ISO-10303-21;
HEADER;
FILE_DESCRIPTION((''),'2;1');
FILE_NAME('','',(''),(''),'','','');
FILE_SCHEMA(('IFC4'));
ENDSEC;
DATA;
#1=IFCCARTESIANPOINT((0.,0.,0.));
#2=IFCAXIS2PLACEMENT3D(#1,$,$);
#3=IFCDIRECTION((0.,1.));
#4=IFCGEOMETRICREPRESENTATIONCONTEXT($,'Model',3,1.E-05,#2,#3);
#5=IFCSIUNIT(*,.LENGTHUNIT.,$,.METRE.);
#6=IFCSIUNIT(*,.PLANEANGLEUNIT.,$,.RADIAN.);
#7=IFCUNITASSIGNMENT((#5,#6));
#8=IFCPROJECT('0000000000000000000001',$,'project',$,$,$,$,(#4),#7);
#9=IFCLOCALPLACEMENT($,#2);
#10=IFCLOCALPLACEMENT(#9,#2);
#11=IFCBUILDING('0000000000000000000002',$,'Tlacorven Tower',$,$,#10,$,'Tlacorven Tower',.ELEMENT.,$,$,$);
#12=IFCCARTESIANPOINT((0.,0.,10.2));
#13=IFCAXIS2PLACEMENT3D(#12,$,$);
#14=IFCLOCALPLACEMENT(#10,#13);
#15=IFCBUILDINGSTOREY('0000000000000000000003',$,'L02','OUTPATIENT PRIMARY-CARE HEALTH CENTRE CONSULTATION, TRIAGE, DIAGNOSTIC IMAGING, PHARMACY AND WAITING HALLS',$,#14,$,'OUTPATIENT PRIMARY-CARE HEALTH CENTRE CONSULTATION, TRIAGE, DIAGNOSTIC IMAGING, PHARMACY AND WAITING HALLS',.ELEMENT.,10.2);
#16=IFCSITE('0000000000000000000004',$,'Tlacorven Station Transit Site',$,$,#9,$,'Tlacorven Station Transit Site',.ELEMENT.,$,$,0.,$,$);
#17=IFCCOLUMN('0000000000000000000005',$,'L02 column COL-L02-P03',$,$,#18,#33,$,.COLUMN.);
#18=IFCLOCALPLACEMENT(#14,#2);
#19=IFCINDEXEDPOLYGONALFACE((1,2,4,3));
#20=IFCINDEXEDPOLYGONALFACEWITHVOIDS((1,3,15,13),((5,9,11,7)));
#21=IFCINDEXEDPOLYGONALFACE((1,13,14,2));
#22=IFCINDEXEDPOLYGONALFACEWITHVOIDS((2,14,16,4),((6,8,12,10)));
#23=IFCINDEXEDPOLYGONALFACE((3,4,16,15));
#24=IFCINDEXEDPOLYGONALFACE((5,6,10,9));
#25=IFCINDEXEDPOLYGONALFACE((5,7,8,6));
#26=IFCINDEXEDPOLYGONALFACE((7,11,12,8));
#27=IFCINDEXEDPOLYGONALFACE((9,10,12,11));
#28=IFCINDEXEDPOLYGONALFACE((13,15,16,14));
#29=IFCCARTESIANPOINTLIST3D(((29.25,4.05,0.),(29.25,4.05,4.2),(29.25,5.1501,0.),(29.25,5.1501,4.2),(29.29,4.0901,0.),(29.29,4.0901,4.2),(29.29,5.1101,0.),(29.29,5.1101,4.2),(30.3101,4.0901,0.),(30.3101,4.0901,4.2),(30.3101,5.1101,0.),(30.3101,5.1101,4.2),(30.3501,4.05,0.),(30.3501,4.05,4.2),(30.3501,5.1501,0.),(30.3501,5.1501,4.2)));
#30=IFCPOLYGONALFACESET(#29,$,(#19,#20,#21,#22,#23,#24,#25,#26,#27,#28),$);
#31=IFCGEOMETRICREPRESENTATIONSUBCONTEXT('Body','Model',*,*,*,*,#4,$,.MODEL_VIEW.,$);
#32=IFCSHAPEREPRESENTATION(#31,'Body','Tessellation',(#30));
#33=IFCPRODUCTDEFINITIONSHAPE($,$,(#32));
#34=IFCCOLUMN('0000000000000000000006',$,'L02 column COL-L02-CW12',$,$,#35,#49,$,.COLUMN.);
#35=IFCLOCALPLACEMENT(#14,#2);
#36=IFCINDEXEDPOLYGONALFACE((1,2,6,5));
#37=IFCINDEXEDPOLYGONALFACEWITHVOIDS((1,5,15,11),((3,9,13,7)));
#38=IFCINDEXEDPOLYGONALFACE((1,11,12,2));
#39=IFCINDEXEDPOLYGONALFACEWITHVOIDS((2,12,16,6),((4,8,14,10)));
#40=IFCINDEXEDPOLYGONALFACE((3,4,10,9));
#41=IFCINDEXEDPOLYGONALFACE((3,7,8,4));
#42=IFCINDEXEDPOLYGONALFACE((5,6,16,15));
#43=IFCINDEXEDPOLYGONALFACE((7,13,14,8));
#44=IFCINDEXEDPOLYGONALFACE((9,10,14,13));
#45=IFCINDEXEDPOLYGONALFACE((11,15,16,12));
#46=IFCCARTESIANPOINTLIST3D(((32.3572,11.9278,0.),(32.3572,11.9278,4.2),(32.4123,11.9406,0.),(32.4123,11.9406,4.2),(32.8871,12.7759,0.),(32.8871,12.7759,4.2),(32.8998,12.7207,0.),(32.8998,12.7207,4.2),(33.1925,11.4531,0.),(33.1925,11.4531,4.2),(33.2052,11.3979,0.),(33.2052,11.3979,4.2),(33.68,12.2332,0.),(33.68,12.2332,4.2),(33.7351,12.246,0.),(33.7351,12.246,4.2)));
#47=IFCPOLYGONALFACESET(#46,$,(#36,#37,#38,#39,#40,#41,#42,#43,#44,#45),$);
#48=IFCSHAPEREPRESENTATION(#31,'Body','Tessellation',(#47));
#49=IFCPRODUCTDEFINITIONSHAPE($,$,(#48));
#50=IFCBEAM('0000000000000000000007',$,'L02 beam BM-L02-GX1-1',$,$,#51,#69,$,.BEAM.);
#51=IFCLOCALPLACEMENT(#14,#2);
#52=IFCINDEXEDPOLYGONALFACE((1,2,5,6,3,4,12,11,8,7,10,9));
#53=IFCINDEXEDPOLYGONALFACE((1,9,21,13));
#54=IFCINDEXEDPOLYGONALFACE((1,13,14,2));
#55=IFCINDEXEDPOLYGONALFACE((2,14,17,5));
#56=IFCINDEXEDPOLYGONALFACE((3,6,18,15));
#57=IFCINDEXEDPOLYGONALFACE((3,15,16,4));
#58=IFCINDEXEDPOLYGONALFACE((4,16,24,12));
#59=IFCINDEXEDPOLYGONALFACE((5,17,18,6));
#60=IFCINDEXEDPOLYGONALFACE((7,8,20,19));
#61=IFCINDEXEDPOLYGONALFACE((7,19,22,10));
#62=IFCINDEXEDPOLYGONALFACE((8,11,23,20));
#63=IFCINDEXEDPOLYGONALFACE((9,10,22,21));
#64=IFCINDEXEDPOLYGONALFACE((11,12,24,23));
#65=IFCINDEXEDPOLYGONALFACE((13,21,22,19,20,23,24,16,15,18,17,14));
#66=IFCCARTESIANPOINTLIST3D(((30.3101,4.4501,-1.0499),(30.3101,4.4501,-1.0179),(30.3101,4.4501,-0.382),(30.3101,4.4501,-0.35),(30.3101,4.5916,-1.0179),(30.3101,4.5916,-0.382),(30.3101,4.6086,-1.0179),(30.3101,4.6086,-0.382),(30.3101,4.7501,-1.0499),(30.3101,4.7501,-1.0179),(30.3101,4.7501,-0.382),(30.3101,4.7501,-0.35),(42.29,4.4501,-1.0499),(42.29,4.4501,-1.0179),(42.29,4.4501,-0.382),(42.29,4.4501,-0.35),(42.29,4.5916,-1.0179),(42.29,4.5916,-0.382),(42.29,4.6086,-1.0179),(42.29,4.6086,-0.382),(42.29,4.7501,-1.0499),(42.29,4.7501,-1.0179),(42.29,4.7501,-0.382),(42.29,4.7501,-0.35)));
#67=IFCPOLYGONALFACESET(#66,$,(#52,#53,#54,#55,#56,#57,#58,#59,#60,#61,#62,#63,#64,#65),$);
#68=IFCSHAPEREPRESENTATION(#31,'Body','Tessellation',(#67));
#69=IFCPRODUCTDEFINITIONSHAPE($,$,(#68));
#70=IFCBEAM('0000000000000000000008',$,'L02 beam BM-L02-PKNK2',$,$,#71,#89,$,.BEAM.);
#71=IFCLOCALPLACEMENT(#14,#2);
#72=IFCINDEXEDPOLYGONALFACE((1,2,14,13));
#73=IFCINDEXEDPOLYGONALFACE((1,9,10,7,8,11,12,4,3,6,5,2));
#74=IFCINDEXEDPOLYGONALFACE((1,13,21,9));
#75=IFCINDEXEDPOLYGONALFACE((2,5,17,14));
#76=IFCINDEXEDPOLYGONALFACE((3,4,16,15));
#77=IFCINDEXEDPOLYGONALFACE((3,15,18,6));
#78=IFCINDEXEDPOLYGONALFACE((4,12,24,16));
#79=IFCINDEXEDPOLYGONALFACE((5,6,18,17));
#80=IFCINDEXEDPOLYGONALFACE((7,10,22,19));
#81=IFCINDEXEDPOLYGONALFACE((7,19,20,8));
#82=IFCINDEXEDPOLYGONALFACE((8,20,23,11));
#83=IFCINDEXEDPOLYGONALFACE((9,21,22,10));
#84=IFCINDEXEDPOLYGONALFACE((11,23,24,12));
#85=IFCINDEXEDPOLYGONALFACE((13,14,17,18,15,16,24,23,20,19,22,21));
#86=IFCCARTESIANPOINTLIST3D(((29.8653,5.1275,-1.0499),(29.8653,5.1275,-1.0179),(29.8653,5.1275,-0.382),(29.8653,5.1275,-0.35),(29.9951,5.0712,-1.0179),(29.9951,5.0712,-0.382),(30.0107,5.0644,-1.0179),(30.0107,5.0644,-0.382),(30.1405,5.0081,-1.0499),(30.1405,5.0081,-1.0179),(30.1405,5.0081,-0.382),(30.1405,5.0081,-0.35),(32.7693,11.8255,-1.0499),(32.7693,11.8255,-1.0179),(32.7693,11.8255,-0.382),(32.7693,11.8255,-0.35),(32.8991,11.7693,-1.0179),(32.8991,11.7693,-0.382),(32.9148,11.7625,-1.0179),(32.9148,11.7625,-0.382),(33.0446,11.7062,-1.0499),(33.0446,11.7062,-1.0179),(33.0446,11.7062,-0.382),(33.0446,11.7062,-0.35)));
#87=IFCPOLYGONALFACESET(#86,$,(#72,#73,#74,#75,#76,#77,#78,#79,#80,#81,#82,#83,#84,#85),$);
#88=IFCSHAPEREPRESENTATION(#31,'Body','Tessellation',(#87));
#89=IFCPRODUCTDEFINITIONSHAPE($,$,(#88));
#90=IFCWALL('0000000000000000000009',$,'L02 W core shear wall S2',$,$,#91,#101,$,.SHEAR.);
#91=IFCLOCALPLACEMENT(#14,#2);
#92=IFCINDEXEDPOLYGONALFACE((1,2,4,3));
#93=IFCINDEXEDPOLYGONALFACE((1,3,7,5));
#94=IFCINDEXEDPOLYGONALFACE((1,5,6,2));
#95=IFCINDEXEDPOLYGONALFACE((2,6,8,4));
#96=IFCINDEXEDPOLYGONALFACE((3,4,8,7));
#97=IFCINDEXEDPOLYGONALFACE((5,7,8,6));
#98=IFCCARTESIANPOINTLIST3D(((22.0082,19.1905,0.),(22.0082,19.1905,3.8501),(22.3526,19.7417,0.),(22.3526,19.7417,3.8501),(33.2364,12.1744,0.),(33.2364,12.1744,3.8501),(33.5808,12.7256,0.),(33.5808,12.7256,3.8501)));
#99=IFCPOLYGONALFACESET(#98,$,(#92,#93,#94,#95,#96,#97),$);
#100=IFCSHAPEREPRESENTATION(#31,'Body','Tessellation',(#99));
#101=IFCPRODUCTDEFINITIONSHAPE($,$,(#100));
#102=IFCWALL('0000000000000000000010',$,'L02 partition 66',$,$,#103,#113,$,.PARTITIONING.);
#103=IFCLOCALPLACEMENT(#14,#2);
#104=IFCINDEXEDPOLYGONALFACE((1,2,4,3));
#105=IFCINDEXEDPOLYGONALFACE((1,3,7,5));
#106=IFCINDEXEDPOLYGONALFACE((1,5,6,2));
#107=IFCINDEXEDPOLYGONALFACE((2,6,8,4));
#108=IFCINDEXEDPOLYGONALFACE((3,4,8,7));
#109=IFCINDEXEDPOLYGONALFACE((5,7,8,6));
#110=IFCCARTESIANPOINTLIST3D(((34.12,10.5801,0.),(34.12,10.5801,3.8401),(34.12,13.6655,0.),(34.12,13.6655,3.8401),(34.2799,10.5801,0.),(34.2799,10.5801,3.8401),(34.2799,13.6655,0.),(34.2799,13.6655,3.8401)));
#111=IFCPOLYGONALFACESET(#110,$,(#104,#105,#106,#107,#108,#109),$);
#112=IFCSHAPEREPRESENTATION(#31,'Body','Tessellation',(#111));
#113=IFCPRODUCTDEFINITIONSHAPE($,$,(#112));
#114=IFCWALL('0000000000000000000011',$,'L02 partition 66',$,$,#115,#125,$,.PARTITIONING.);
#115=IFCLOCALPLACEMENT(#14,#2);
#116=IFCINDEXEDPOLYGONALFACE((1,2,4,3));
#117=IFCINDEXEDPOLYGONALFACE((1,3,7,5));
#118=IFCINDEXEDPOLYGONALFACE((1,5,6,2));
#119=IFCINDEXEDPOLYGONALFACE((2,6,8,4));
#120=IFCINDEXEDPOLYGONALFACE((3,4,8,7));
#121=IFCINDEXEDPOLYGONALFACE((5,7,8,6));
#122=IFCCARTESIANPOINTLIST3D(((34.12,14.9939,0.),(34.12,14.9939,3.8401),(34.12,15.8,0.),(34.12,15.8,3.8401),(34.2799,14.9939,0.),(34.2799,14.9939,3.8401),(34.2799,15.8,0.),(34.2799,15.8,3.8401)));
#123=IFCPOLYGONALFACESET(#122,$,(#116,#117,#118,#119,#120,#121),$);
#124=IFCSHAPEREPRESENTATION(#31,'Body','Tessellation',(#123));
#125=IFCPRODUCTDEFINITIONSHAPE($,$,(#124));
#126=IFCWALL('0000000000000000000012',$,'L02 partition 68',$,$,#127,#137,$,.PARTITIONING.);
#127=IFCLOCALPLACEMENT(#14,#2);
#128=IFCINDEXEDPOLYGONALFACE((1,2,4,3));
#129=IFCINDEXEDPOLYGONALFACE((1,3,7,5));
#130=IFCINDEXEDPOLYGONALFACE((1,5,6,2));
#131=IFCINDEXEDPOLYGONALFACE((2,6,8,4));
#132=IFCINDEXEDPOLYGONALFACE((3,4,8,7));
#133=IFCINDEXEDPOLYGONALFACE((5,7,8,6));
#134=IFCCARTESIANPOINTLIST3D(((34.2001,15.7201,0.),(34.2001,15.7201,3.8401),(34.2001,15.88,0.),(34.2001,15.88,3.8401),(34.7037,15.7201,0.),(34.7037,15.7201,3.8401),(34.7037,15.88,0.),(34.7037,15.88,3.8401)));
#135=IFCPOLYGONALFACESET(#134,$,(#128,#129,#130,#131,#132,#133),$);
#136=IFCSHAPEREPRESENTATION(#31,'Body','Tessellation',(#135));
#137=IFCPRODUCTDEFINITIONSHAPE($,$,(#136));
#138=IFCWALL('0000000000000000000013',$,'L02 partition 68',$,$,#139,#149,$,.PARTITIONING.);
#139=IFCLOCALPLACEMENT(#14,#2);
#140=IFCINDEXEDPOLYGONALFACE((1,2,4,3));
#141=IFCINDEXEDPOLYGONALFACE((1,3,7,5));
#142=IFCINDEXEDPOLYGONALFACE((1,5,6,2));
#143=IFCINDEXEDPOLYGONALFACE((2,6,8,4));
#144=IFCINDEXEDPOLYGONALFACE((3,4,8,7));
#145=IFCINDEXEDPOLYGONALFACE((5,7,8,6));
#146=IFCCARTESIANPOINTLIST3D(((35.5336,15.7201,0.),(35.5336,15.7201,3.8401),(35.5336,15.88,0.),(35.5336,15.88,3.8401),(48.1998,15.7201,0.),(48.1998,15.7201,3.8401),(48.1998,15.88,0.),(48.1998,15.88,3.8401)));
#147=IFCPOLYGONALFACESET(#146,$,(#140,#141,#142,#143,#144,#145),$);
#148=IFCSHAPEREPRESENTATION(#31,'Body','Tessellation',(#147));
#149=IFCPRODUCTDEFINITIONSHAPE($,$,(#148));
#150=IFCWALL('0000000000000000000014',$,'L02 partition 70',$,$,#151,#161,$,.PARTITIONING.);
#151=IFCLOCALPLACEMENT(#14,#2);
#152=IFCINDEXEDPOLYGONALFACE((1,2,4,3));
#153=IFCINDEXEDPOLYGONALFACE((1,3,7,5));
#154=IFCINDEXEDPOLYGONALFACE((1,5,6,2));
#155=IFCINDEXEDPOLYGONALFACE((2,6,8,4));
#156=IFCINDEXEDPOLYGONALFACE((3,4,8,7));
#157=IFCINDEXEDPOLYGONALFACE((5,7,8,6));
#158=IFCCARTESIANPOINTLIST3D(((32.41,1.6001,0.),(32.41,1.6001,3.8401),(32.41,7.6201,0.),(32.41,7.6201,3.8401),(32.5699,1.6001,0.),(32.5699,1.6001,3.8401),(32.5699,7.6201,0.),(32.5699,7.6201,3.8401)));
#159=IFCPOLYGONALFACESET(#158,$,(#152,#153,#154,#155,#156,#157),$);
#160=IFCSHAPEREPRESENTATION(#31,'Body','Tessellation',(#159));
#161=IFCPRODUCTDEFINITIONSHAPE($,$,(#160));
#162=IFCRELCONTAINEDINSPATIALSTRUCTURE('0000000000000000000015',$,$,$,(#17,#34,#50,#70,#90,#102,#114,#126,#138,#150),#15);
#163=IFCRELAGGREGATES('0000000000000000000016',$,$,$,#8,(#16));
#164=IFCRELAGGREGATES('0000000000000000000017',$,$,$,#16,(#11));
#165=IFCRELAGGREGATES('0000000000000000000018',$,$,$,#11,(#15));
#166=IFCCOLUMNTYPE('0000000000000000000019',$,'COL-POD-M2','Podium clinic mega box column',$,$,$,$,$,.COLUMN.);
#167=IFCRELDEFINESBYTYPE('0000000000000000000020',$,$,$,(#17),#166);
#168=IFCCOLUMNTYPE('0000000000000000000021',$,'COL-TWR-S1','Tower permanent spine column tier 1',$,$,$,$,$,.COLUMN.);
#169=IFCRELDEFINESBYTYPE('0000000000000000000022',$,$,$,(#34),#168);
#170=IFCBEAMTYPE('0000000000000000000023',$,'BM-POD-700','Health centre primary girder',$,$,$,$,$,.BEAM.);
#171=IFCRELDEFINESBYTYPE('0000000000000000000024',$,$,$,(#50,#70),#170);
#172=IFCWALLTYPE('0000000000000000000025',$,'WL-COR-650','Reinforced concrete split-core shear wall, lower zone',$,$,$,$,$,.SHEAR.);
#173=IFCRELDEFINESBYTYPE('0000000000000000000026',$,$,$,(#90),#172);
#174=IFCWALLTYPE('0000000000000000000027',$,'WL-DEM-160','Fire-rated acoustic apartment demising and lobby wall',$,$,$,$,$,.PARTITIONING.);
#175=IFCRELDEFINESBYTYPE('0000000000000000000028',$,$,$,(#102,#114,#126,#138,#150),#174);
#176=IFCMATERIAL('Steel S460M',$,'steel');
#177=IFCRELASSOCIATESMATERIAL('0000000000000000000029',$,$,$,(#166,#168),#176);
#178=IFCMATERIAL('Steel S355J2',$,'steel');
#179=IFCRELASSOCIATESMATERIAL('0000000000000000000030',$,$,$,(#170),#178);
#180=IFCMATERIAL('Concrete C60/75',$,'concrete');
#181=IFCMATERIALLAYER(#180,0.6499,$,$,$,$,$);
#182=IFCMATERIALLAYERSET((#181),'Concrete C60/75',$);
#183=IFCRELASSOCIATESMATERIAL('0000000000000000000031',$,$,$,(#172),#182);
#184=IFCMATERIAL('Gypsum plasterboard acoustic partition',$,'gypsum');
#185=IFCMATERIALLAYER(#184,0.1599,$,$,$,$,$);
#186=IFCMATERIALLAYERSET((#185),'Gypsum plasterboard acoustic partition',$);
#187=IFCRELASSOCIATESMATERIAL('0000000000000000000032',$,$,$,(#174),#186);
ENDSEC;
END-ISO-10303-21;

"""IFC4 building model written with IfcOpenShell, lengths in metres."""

from ifc_helpers import new_model, si_unit, direction, frame, frame_2d, origin, origin_2d, place, context, subcontext, project, spatial, rectangle, hollow_rectangle, i_section, extrude, source, transform, mapped, material, layer, layer_set, material_profile, profile_set, type_object, element, save


model = new_model("IFC4")

# Units and contexts
model_context = context("Model", 3, precision=1e-05, world=origin(), true_north=direction((0.0, 1.0)))
body_context = subcontext(model_context, "Body", "Model", "MODEL_VIEW")
ifc_project = project(units=[si_unit("LENGTHUNIT", "METRE"), si_unit("PLANEANGLEUNIT", "RADIAN")], contexts=[model_context])

# Site, building, storey
site_placement = place(None, origin())
site = spatial("IfcSite", under=ifc_project, at=site_placement, Name="Tlacorven Station Transit Site", LongName="Tlacorven Station Transit Site", CompositionType="ELEMENT", RefElevation=0.0)
building_placement = place(site_placement, origin())
building = spatial("IfcBuilding", under=site, at=building_placement, Name="Tlacorven Tower", LongName="Tlacorven Tower", CompositionType="ELEMENT")
storey_placement = place(building_placement, frame((0.0, 0.0, 10.2)))
storey = spatial("IfcBuildingStorey", under=building, at=storey_placement, Name="L02", Description="OUTPATIENT PRIMARY-CARE HEALTH CENTRE CONSULTATION, TRIAGE, DIAGNOSTIC IMAGING, PHARMACY AND WAITING HALLS", LongName="OUTPATIENT PRIMARY-CARE HEALTH CENTRE CONSULTATION, TRIAGE, DIAGNOSTIC IMAGING, PHARMACY AND WAITING HALLS", CompositionType="ELEMENT", Elevation=10.2)

# Columns
ifc_material_1 = material(Name="Steel S460M", Category="steel")
ifc_material_profile_1 = material_profile(ifc_material_1, hollow_rectangle(XDim=1.1001, YDim=1.1001, WallThickness=0.04, at=origin_2d()), Name="BOX 1100X1100X40")
ifc_profile_set_1 = profile_set([ifc_material_profile_1], Name="Steel S460M")
column_type_1 = type_object("IfcColumnType", Name="COL-POD-M2", Description="Podium clinic mega box column", PredefinedType="COLUMN", material=ifc_profile_set_1)
shared_shape_1 = source(origin(), body_context, "Body", "SweptSolid", [
    extrude(hollow_rectangle(XDim=1.1001, YDim=1.1001, WallThickness=0.04, at=origin_2d()), origin(), (0.0, 0.0, 1.0), 4.2),
])
column_1_placement = place(storey_placement, frame((29.8, 4.6001, 0.0), z_axis=(0.0, 0.0, 1.0), x_axis=(1.0, 0.0, 0.0)))
element("IfcColumn", 1, at=column_1_placement, inside=storey, type_object=column_type_1, Name="L02 column COL-L02-P03", PredefinedType="COLUMN", context=body_context, shape_type="MappedRepresentation", body=[
    mapped(shared_shape_1, transform((0.0, 0.0, 0.0), scale=1.0)),
])
ifc_material_profile_2 = material_profile(ifc_material_1, hollow_rectangle(XDim=1.0, YDim=1.0, WallThickness=0.04, at=origin_2d()), Name="BOX 1000X1000X40")
ifc_profile_set_2 = profile_set([ifc_material_profile_2], Name="Steel S460M")
column_type_2 = type_object("IfcColumnType", Name="COL-TWR-S1", Description="Tower permanent spine column tier 1", PredefinedType="COLUMN", material=ifc_profile_set_2)
shared_shape_2 = source(origin(), body_context, "Body", "SweptSolid", [
    extrude(hollow_rectangle(XDim=1.0, YDim=1.0, WallThickness=0.04, at=origin_2d()), origin(), (0.0, 0.0, 1.0), 4.2),
])
column_2_placement = place(storey_placement, frame((33.0461, 12.0869, 0.0), z_axis=(0.0, 0.0, 1.0), x_axis=(-0.848048, 0.529919, 0.0)))
element("IfcColumn", 2, at=column_2_placement, inside=storey, type_object=column_type_2, Name="L02 column COL-L02-CW12", PredefinedType="COLUMN", context=body_context, shape_type="MappedRepresentation", body=[
    mapped(shared_shape_2, transform((0.0, 0.0, 0.0), scale=1.0)),
])

# Beams
ifc_material_2 = material(Name="Steel S355J2", Category="steel")
ifc_material_profile_3 = material_profile(ifc_material_2, i_section(OverallWidth=0.3, OverallDepth=0.7, WebThickness=0.0171, FlangeThickness=0.032, at=origin_2d()), Name="HEB 700")
ifc_profile_set_3 = profile_set([ifc_material_profile_3], Name="Steel S355J2")
beam_type = type_object("IfcBeamType", Name="BM-POD-700", Description="Health centre primary girder", PredefinedType="BEAM", material=ifc_profile_set_3)
shared_shape_3 = source(origin(), body_context, "Body", "SweptSolid", [
    extrude(i_section(OverallWidth=0.3, OverallDepth=0.7, WebThickness=0.0171, FlangeThickness=0.032, at=origin_2d()), origin(), (0.0, 0.0, 1.0), 11.98),
])
beam_1_placement = place(storey_placement, frame((30.3101, 4.6001, -0.7), z_axis=(1.0, 0.0, 0.0), x_axis=(0.0, 1.0, 0.0)))
element("IfcBeam", 3, at=beam_1_placement, inside=storey, type_object=beam_type, Name="L02 beam BM-L02-GX1-1", PredefinedType="BEAM", context=body_context, shape_type="MappedRepresentation", body=[
    mapped(shared_shape_3, transform((0.0, 0.0, 0.0), scale=1.0)),
])
shared_shape_4 = source(origin(), body_context, "Body", "SweptSolid", [
    extrude(i_section(OverallWidth=0.3, OverallDepth=0.7, WebThickness=0.0171, FlangeThickness=0.032, at=origin_2d()), origin(), (0.0, 0.0, 1.0), 7.3005),
])
beam_2_placement = place(storey_placement, frame((32.907, 11.7659, -0.7), z_axis=(-0.39779, -0.917476, 0.0), x_axis=(0.917476, -0.39779, 0.0)))
element("IfcBeam", 4, at=beam_2_placement, inside=storey, type_object=beam_type, Name="L02 beam BM-L02-PKNK2", PredefinedType="BEAM", context=body_context, shape_type="MappedRepresentation", body=[
    mapped(shared_shape_4, transform((0.0, 0.0, 0.0), scale=1.0)),
])

# Walls
ifc_material_3 = material(Name="Concrete C60/75", Category="concrete")
ifc_layer_1 = layer(ifc_material_3, 0.6499)
ifc_layer_set_1 = layer_set([ifc_layer_1], Name="Concrete C60/75")
wall_type_1 = type_object("IfcWallType", Name="WL-COR-650", Description="Reinforced concrete split-core shear wall, lower zone", PredefinedType="SHEAR", material=ifc_layer_set_1)
wall_1_placement = place(storey_placement, frame((33.4087, 12.45, 0.0), z_axis=(0.0, 0.0, 1.0), x_axis=(-0.848051, 0.529914, 0.0)))
element("IfcWall", 5, at=wall_1_placement, inside=storey, type_object=wall_type_1, Name="L02 W core shear wall S2", PredefinedType="SHEAR", context=body_context, shape_type="SweptSolid", body=[
    extrude(rectangle(XDim=13.24, YDim=0.6499, at=frame_2d((6.6201, 0.0))), origin(), (0.0, 0.0, 1.0), 3.8501),
])
ifc_material_4 = material(Name="Gypsum plasterboard acoustic partition", Category="gypsum")
ifc_layer_2 = layer(ifc_material_4, 0.1599)
ifc_layer_set_2 = layer_set([ifc_layer_2], Name="Gypsum plasterboard acoustic partition")
wall_type_2 = type_object("IfcWallType", Name="WL-DEM-160", Description="Fire-rated acoustic apartment demising and lobby wall", PredefinedType="PARTITIONING", material=ifc_layer_set_2)
wall_2_placement = place(storey_placement, frame((34.2, 10.5801, 0.0), z_axis=(0.0, 0.0, 1.0), x_axis=(0.0, 1.0, 0.0)))
element("IfcWall", 6, at=wall_2_placement, inside=storey, type_object=wall_type_2, Name="L02 partition 66", PredefinedType="PARTITIONING", context=body_context, shape_type="SweptSolid", body=[
    extrude(rectangle(XDim=3.0854, YDim=0.1599, at=frame_2d((1.5427, 0.0))), origin(), (0.0, 0.0, 1.0), 3.8401),
])
wall_3_placement = place(storey_placement, frame((34.2, 14.9939, 0.0), z_axis=(0.0, 0.0, 1.0), x_axis=(0.0, 1.0, 0.0)))
element("IfcWall", 7, at=wall_3_placement, inside=storey, type_object=wall_type_2, Name="L02 partition 66", PredefinedType="PARTITIONING", context=body_context, shape_type="SweptSolid", body=[
    extrude(rectangle(XDim=0.8062, YDim=0.1599, at=frame_2d((0.4031, 0.0))), origin(), (0.0, 0.0, 1.0), 3.8401),
])
wall_4_placement = place(storey_placement, frame((34.2, 15.8, 0.0), z_axis=(0.0, 0.0, 1.0), x_axis=(1.0, 0.0, 0.0)))
element("IfcWall", 8, at=wall_4_placement, inside=storey, type_object=wall_type_2, Name="L02 partition 68", PredefinedType="PARTITIONING", context=body_context, shape_type="SweptSolid", body=[
    extrude(rectangle(XDim=0.5037, YDim=0.1599, at=frame_2d((0.252, 0.0))), origin(), (0.0, 0.0, 1.0), 3.8401),
])
wall_5_placement = place(storey_placement, frame((35.5337, 15.8, 0.0), z_axis=(0.0, 0.0, 1.0), x_axis=(1.0, 0.0, 0.0)))
element("IfcWall", 9, at=wall_5_placement, inside=storey, type_object=wall_type_2, Name="L02 partition 68", PredefinedType="PARTITIONING", context=body_context, shape_type="SweptSolid", body=[
    extrude(rectangle(XDim=12.6663, YDim=0.1599, at=frame_2d((6.333, 0.0))), origin(), (0.0, 0.0, 1.0), 3.8401),
])
wall_6_placement = place(storey_placement, frame((32.49, 1.6001, 0.0), z_axis=(0.0, 0.0, 1.0), x_axis=(0.0, 1.0, 0.0)))
element("IfcWall", 10, at=wall_6_placement, inside=storey, type_object=wall_type_2, Name="L02 partition 70", PredefinedType="PARTITIONING", context=body_context, shape_type="SweptSolid", body=[
    extrude(rectangle(XDim=6.02, YDim=0.1599, at=frame_2d((3.01, 0.0))), origin(), (0.0, 0.0, 1.0), 3.8401),
])

save(model, "model.ifc")
